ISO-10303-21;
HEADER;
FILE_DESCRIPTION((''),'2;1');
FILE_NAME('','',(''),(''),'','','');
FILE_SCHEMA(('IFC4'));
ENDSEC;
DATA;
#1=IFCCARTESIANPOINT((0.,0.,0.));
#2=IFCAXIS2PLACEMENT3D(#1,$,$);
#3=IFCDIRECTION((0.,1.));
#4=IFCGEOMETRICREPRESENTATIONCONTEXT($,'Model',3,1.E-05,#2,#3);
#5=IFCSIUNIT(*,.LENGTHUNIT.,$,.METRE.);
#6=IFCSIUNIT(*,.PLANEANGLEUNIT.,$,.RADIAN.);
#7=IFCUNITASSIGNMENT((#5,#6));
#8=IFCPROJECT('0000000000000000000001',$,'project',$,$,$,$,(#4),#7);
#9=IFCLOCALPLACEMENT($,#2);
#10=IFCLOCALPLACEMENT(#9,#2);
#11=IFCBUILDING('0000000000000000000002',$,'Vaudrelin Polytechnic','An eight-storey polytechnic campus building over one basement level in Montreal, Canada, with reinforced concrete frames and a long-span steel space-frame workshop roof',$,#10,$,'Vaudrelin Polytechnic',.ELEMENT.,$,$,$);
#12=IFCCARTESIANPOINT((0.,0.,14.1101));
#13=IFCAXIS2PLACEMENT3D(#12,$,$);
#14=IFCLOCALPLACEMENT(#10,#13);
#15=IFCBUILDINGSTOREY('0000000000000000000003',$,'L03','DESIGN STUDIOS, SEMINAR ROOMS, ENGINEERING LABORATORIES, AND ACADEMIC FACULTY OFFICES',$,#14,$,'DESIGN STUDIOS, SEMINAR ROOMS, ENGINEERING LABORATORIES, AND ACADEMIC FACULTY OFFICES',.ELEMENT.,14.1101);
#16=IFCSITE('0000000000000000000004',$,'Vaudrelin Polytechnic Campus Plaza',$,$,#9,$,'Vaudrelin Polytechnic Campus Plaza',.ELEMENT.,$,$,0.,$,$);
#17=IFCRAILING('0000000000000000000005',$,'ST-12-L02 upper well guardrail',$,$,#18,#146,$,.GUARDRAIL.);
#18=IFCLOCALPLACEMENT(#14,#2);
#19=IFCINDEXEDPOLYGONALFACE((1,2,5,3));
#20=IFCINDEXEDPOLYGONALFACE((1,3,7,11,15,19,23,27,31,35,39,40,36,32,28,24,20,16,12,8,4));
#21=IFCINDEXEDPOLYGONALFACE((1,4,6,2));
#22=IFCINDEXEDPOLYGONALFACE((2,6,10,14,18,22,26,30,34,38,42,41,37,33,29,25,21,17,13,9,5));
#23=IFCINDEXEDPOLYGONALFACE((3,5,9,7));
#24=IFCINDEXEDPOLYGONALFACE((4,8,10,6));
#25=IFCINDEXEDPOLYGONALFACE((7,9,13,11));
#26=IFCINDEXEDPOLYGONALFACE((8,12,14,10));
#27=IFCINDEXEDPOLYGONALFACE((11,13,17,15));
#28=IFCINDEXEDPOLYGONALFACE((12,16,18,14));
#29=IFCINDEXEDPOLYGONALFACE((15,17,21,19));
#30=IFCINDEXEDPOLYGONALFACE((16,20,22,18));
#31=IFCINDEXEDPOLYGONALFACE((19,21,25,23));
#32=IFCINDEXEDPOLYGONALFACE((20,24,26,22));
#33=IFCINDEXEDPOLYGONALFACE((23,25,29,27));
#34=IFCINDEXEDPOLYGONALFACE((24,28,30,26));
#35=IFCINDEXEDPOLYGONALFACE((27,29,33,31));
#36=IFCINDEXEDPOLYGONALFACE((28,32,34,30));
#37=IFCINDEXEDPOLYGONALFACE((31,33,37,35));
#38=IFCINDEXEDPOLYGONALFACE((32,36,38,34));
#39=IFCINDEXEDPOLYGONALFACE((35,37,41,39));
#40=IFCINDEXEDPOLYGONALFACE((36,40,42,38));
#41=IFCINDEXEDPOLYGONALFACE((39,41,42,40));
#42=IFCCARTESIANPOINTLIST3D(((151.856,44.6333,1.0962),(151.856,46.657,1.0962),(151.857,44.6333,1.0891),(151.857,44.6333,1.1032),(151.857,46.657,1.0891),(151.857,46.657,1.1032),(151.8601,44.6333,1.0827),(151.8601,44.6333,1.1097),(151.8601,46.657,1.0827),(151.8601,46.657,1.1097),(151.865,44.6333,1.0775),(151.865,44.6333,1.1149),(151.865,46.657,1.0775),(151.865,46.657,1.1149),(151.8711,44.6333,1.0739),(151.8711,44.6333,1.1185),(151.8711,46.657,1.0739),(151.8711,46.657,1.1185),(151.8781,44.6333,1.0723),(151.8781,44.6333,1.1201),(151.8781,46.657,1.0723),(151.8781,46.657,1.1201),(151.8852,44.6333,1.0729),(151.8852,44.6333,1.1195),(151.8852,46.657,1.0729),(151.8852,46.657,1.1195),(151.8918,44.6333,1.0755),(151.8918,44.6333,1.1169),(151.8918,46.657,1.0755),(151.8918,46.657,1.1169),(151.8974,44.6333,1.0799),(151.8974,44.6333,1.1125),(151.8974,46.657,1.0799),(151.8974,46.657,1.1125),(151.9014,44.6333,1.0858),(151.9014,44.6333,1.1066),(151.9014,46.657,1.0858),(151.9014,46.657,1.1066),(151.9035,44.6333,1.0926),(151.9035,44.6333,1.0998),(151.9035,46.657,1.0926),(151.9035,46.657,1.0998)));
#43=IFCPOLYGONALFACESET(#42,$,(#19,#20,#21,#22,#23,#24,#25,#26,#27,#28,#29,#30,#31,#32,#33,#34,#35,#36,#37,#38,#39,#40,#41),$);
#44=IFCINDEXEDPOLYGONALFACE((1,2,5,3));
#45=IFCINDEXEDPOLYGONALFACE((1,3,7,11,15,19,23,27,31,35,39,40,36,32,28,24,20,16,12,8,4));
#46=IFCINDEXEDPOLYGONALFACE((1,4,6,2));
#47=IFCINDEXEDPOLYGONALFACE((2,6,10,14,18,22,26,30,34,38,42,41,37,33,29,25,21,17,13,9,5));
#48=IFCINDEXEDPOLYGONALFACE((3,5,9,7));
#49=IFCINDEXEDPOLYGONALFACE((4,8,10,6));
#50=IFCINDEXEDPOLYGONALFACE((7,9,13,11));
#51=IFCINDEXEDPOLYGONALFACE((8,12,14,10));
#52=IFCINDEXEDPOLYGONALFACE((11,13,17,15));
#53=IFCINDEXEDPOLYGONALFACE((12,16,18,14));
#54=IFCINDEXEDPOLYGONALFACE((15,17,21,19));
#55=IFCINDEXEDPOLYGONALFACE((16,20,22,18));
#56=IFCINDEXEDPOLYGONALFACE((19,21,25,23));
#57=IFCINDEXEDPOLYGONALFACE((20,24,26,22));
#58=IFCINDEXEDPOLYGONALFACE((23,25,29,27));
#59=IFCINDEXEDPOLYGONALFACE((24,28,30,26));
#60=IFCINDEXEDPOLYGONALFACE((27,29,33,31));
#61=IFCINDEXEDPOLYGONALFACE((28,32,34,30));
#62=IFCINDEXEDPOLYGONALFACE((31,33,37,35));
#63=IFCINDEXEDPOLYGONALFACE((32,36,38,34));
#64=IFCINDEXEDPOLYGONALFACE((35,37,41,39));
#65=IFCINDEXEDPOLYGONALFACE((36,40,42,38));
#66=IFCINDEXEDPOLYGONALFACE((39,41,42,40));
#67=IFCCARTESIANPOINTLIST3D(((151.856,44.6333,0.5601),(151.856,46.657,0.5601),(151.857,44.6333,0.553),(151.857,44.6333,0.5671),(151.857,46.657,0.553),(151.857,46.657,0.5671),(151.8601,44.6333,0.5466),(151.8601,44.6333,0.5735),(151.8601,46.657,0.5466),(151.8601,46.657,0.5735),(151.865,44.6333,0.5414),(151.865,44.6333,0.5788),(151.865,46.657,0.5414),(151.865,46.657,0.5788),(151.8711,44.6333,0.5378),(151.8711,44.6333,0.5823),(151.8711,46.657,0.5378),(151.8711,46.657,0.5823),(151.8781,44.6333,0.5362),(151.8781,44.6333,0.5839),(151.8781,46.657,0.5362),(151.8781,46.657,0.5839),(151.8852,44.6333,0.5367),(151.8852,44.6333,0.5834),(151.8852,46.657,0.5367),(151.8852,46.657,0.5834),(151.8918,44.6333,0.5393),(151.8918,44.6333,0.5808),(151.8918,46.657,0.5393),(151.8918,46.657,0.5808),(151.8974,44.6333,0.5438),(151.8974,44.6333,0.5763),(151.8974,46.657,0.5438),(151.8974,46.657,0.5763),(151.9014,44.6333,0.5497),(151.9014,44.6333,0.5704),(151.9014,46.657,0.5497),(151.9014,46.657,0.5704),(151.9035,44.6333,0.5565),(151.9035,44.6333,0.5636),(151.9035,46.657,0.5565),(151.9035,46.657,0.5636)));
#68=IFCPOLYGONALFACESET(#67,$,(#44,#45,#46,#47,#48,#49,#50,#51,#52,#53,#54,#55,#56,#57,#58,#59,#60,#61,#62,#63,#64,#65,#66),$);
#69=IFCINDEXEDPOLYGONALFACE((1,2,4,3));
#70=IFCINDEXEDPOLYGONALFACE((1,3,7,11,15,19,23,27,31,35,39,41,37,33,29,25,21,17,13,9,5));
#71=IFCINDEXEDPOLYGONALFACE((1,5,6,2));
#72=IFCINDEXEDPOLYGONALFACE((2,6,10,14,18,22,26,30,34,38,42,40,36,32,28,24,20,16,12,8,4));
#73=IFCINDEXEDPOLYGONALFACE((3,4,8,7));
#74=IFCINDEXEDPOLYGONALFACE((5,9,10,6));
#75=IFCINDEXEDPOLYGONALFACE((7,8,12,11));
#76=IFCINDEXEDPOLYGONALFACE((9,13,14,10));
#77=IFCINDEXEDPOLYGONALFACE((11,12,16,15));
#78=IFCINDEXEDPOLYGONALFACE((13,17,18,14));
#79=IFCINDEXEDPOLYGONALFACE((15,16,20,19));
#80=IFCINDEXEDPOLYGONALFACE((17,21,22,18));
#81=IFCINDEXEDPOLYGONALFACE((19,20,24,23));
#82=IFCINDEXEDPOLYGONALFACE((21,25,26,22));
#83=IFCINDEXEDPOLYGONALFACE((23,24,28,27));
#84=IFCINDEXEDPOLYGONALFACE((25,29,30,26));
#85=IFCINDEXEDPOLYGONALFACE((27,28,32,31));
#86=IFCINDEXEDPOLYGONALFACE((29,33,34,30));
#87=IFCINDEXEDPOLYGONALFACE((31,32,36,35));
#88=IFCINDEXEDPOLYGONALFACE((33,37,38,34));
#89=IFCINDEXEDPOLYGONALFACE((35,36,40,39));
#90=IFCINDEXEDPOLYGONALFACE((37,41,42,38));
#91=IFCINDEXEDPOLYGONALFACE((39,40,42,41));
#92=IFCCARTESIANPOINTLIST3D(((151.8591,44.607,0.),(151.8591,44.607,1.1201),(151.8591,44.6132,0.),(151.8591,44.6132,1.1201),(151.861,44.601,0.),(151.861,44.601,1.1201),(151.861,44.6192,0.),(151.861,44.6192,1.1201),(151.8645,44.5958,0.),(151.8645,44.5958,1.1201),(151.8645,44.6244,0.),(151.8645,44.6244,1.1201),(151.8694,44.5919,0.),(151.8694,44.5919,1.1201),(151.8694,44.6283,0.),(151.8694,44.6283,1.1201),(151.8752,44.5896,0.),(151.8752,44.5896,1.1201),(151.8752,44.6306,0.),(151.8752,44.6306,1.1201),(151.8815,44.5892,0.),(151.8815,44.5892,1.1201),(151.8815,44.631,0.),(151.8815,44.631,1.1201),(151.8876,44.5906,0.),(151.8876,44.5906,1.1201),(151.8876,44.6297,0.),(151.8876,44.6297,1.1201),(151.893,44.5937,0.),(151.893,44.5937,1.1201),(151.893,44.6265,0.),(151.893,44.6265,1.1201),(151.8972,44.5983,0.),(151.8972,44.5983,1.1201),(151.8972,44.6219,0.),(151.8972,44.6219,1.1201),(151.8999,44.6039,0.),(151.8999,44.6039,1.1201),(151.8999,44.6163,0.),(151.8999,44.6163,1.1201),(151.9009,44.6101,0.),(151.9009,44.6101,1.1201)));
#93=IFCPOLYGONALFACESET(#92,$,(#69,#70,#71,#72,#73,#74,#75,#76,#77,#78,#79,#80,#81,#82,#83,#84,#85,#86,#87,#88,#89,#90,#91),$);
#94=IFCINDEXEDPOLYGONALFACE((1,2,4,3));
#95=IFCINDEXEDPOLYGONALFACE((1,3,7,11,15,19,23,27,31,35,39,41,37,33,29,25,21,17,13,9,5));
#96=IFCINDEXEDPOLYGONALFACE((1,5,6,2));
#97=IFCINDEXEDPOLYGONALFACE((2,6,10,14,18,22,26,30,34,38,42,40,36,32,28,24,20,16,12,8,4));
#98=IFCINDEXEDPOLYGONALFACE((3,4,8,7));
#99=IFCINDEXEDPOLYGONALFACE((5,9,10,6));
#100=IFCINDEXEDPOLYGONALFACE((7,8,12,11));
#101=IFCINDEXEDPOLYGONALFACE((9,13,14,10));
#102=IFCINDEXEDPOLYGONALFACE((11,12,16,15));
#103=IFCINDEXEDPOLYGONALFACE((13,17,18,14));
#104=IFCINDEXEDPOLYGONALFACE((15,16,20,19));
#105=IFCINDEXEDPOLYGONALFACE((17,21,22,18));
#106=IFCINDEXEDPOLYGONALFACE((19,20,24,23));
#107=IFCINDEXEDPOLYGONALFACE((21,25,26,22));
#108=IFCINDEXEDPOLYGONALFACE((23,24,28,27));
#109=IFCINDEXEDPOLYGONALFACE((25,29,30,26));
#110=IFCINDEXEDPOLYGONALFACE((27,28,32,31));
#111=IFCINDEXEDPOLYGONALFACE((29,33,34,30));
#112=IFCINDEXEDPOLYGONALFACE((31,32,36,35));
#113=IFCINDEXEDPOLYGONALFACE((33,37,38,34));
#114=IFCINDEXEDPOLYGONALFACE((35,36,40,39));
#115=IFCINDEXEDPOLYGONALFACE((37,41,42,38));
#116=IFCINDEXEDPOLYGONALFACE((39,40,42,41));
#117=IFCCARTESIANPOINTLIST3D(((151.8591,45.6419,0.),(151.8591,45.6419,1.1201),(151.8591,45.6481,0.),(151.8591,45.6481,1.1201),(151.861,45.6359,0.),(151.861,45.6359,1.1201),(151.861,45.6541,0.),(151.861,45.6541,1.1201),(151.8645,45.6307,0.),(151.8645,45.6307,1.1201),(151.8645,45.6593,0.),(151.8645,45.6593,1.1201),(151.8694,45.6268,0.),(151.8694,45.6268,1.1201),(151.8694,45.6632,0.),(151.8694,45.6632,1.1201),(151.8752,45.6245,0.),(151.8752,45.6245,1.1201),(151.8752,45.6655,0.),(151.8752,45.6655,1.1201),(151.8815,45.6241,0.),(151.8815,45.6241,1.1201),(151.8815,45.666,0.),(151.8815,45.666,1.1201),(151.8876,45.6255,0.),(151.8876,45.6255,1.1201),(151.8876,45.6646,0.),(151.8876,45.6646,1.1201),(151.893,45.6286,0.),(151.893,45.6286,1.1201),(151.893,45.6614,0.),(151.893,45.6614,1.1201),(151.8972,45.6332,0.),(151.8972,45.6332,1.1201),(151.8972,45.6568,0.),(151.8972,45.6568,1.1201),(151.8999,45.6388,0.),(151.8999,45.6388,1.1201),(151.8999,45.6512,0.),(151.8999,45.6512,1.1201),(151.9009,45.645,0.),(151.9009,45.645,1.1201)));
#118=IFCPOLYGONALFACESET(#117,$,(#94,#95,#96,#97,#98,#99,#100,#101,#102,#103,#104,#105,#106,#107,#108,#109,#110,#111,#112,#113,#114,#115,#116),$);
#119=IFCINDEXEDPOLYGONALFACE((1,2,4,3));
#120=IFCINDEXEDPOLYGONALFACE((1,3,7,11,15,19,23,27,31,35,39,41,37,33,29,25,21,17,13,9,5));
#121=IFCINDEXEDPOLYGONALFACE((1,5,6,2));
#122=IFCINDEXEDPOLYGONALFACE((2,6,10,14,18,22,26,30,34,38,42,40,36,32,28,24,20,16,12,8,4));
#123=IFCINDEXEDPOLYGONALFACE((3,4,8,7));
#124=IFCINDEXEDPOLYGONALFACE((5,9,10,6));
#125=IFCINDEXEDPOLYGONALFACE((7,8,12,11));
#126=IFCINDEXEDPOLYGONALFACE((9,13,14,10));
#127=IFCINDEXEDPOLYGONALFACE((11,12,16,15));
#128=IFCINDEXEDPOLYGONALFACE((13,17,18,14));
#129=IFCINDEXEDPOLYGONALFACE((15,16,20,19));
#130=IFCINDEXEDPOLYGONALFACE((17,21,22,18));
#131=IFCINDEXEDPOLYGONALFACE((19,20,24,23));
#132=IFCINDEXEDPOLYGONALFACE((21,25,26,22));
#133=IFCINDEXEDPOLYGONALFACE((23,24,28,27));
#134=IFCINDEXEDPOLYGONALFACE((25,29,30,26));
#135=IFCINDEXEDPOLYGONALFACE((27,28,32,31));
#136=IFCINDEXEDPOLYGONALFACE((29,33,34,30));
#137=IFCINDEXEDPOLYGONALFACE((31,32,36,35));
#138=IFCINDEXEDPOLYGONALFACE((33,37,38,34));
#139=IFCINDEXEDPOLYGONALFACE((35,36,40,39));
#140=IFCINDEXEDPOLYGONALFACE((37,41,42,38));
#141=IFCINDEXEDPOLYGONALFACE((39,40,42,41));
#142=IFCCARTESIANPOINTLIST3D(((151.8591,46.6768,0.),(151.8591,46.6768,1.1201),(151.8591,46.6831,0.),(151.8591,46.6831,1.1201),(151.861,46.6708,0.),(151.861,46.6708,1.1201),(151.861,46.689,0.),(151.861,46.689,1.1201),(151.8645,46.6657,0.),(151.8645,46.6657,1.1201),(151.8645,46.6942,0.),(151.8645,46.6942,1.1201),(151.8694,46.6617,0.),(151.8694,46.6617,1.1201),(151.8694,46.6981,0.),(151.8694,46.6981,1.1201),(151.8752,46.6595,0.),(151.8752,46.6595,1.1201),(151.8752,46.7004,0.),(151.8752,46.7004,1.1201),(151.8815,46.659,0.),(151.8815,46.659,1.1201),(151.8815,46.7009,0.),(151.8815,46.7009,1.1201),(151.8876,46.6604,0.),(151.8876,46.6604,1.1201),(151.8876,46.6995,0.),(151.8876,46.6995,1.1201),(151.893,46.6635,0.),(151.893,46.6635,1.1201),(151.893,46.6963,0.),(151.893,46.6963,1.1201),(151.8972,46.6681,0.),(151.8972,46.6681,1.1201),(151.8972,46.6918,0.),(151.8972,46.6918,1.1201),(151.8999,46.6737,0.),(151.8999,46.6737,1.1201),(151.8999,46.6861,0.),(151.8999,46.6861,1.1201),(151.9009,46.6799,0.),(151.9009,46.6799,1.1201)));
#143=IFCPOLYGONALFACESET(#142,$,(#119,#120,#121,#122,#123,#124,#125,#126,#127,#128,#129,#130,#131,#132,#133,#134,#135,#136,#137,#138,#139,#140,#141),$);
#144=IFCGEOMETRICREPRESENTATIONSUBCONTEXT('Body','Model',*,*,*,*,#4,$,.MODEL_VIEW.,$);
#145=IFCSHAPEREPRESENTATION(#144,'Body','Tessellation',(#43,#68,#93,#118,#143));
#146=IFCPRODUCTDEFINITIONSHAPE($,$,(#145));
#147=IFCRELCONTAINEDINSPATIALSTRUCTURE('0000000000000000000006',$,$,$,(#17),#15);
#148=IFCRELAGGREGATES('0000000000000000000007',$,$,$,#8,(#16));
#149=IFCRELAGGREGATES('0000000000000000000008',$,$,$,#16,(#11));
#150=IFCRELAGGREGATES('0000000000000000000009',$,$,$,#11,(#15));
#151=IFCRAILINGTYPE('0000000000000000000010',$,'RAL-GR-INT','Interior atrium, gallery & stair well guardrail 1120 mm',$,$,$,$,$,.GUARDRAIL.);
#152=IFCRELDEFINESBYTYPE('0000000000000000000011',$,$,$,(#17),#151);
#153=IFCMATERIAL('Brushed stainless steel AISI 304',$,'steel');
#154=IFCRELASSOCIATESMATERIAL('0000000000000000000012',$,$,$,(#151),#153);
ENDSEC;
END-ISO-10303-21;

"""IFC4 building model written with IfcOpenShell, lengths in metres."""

from ifc_helpers import new_model, si_unit, direction, frame, origin, origin_2d, place, context, subcontext, project, spatial, circle, extrude, material, type_object, element, save


model = new_model("IFC4")

# Units and contexts
model_context = context("Model", 3, precision=1e-05, world=origin(), true_north=direction((0.0, 1.0)))
body_context = subcontext(model_context, "Body", "Model", "MODEL_VIEW")
ifc_project = project(units=[si_unit("LENGTHUNIT", "METRE"), si_unit("PLANEANGLEUNIT", "RADIAN")], contexts=[model_context])

# Site, building, storey
site_placement = place(None, origin())
site = spatial("IfcSite", under=ifc_project, at=site_placement, Name="Vaudrelin Polytechnic Campus Plaza", LongName="Vaudrelin Polytechnic Campus Plaza", CompositionType="ELEMENT", RefElevation=0.0)
building_placement = place(site_placement, origin())
building = spatial("IfcBuilding", under=site, at=building_placement, Name="Vaudrelin Polytechnic", Description="An eight-storey polytechnic campus building over one basement level in Montreal, Canada, with reinforced concrete frames and a long-span steel space-frame workshop roof", LongName="Vaudrelin Polytechnic", CompositionType="ELEMENT")
storey_placement = place(building_placement, frame((0.0, 0.0, 14.1101)))
storey = spatial("IfcBuildingStorey", under=building, at=storey_placement, Name="L03", Description="DESIGN STUDIOS, SEMINAR ROOMS, ENGINEERING LABORATORIES, AND ACADEMIC FACULTY OFFICES", LongName="DESIGN STUDIOS, SEMINAR ROOMS, ENGINEERING LABORATORIES, AND ACADEMIC FACULTY OFFICES", CompositionType="ELEMENT", Elevation=14.1101)

# Railing
ifc_material_1 = material(Name="Brushed stainless steel AISI 304", Category="steel")
railing_type_1 = type_object("IfcRailingType", Name="RAL-GR-INT", Description="Interior atrium, gallery & stair well guardrail 1120 mm", PredefinedType="GUARDRAIL", material=ifc_material_1)
railing_1_placement = place(storey_placement, frame((151.8799, 44.6101, 0.0)))
element("IfcRailing", 1, at=railing_1_placement, inside=storey, type_object=railing_type_1, Name="ST-12-L02 upper well guardrail", PredefinedType="GUARDRAIL", context=body_context, shape_type="SweptSolid", body=[
    extrude(circle(Radius=0.0239, at=origin_2d()), frame((0.0, 0.0232, 1.0962), z_axis=(0.0, 1.0, 0.0), x_axis=(-1.0, 0.0, 0.0)), (0.0, 0.0, 1.0), 2.0237),
    extrude(circle(Radius=0.0239, at=origin_2d()), frame((0.0, 0.0232, 0.5601), z_axis=(0.0, 1.0, 0.0), x_axis=(-1.0, 0.0, 0.0)), (0.0, 0.0, 1.0), 2.0237),
    extrude(circle(Radius=0.021, at=origin_2d()), origin(), (0.0, 0.0, 1.0), 1.1201),
    extrude(circle(Radius=0.021, at=origin_2d()), frame((0.0, 1.0349, 0.0)), (0.0, 0.0, 1.0), 1.1201),
    extrude(circle(Radius=0.021, at=origin_2d()), frame((0.0, 2.0698, 0.0)), (0.0, 0.0, 1.0), 1.1201),
])

save(model, "model.ifc")
